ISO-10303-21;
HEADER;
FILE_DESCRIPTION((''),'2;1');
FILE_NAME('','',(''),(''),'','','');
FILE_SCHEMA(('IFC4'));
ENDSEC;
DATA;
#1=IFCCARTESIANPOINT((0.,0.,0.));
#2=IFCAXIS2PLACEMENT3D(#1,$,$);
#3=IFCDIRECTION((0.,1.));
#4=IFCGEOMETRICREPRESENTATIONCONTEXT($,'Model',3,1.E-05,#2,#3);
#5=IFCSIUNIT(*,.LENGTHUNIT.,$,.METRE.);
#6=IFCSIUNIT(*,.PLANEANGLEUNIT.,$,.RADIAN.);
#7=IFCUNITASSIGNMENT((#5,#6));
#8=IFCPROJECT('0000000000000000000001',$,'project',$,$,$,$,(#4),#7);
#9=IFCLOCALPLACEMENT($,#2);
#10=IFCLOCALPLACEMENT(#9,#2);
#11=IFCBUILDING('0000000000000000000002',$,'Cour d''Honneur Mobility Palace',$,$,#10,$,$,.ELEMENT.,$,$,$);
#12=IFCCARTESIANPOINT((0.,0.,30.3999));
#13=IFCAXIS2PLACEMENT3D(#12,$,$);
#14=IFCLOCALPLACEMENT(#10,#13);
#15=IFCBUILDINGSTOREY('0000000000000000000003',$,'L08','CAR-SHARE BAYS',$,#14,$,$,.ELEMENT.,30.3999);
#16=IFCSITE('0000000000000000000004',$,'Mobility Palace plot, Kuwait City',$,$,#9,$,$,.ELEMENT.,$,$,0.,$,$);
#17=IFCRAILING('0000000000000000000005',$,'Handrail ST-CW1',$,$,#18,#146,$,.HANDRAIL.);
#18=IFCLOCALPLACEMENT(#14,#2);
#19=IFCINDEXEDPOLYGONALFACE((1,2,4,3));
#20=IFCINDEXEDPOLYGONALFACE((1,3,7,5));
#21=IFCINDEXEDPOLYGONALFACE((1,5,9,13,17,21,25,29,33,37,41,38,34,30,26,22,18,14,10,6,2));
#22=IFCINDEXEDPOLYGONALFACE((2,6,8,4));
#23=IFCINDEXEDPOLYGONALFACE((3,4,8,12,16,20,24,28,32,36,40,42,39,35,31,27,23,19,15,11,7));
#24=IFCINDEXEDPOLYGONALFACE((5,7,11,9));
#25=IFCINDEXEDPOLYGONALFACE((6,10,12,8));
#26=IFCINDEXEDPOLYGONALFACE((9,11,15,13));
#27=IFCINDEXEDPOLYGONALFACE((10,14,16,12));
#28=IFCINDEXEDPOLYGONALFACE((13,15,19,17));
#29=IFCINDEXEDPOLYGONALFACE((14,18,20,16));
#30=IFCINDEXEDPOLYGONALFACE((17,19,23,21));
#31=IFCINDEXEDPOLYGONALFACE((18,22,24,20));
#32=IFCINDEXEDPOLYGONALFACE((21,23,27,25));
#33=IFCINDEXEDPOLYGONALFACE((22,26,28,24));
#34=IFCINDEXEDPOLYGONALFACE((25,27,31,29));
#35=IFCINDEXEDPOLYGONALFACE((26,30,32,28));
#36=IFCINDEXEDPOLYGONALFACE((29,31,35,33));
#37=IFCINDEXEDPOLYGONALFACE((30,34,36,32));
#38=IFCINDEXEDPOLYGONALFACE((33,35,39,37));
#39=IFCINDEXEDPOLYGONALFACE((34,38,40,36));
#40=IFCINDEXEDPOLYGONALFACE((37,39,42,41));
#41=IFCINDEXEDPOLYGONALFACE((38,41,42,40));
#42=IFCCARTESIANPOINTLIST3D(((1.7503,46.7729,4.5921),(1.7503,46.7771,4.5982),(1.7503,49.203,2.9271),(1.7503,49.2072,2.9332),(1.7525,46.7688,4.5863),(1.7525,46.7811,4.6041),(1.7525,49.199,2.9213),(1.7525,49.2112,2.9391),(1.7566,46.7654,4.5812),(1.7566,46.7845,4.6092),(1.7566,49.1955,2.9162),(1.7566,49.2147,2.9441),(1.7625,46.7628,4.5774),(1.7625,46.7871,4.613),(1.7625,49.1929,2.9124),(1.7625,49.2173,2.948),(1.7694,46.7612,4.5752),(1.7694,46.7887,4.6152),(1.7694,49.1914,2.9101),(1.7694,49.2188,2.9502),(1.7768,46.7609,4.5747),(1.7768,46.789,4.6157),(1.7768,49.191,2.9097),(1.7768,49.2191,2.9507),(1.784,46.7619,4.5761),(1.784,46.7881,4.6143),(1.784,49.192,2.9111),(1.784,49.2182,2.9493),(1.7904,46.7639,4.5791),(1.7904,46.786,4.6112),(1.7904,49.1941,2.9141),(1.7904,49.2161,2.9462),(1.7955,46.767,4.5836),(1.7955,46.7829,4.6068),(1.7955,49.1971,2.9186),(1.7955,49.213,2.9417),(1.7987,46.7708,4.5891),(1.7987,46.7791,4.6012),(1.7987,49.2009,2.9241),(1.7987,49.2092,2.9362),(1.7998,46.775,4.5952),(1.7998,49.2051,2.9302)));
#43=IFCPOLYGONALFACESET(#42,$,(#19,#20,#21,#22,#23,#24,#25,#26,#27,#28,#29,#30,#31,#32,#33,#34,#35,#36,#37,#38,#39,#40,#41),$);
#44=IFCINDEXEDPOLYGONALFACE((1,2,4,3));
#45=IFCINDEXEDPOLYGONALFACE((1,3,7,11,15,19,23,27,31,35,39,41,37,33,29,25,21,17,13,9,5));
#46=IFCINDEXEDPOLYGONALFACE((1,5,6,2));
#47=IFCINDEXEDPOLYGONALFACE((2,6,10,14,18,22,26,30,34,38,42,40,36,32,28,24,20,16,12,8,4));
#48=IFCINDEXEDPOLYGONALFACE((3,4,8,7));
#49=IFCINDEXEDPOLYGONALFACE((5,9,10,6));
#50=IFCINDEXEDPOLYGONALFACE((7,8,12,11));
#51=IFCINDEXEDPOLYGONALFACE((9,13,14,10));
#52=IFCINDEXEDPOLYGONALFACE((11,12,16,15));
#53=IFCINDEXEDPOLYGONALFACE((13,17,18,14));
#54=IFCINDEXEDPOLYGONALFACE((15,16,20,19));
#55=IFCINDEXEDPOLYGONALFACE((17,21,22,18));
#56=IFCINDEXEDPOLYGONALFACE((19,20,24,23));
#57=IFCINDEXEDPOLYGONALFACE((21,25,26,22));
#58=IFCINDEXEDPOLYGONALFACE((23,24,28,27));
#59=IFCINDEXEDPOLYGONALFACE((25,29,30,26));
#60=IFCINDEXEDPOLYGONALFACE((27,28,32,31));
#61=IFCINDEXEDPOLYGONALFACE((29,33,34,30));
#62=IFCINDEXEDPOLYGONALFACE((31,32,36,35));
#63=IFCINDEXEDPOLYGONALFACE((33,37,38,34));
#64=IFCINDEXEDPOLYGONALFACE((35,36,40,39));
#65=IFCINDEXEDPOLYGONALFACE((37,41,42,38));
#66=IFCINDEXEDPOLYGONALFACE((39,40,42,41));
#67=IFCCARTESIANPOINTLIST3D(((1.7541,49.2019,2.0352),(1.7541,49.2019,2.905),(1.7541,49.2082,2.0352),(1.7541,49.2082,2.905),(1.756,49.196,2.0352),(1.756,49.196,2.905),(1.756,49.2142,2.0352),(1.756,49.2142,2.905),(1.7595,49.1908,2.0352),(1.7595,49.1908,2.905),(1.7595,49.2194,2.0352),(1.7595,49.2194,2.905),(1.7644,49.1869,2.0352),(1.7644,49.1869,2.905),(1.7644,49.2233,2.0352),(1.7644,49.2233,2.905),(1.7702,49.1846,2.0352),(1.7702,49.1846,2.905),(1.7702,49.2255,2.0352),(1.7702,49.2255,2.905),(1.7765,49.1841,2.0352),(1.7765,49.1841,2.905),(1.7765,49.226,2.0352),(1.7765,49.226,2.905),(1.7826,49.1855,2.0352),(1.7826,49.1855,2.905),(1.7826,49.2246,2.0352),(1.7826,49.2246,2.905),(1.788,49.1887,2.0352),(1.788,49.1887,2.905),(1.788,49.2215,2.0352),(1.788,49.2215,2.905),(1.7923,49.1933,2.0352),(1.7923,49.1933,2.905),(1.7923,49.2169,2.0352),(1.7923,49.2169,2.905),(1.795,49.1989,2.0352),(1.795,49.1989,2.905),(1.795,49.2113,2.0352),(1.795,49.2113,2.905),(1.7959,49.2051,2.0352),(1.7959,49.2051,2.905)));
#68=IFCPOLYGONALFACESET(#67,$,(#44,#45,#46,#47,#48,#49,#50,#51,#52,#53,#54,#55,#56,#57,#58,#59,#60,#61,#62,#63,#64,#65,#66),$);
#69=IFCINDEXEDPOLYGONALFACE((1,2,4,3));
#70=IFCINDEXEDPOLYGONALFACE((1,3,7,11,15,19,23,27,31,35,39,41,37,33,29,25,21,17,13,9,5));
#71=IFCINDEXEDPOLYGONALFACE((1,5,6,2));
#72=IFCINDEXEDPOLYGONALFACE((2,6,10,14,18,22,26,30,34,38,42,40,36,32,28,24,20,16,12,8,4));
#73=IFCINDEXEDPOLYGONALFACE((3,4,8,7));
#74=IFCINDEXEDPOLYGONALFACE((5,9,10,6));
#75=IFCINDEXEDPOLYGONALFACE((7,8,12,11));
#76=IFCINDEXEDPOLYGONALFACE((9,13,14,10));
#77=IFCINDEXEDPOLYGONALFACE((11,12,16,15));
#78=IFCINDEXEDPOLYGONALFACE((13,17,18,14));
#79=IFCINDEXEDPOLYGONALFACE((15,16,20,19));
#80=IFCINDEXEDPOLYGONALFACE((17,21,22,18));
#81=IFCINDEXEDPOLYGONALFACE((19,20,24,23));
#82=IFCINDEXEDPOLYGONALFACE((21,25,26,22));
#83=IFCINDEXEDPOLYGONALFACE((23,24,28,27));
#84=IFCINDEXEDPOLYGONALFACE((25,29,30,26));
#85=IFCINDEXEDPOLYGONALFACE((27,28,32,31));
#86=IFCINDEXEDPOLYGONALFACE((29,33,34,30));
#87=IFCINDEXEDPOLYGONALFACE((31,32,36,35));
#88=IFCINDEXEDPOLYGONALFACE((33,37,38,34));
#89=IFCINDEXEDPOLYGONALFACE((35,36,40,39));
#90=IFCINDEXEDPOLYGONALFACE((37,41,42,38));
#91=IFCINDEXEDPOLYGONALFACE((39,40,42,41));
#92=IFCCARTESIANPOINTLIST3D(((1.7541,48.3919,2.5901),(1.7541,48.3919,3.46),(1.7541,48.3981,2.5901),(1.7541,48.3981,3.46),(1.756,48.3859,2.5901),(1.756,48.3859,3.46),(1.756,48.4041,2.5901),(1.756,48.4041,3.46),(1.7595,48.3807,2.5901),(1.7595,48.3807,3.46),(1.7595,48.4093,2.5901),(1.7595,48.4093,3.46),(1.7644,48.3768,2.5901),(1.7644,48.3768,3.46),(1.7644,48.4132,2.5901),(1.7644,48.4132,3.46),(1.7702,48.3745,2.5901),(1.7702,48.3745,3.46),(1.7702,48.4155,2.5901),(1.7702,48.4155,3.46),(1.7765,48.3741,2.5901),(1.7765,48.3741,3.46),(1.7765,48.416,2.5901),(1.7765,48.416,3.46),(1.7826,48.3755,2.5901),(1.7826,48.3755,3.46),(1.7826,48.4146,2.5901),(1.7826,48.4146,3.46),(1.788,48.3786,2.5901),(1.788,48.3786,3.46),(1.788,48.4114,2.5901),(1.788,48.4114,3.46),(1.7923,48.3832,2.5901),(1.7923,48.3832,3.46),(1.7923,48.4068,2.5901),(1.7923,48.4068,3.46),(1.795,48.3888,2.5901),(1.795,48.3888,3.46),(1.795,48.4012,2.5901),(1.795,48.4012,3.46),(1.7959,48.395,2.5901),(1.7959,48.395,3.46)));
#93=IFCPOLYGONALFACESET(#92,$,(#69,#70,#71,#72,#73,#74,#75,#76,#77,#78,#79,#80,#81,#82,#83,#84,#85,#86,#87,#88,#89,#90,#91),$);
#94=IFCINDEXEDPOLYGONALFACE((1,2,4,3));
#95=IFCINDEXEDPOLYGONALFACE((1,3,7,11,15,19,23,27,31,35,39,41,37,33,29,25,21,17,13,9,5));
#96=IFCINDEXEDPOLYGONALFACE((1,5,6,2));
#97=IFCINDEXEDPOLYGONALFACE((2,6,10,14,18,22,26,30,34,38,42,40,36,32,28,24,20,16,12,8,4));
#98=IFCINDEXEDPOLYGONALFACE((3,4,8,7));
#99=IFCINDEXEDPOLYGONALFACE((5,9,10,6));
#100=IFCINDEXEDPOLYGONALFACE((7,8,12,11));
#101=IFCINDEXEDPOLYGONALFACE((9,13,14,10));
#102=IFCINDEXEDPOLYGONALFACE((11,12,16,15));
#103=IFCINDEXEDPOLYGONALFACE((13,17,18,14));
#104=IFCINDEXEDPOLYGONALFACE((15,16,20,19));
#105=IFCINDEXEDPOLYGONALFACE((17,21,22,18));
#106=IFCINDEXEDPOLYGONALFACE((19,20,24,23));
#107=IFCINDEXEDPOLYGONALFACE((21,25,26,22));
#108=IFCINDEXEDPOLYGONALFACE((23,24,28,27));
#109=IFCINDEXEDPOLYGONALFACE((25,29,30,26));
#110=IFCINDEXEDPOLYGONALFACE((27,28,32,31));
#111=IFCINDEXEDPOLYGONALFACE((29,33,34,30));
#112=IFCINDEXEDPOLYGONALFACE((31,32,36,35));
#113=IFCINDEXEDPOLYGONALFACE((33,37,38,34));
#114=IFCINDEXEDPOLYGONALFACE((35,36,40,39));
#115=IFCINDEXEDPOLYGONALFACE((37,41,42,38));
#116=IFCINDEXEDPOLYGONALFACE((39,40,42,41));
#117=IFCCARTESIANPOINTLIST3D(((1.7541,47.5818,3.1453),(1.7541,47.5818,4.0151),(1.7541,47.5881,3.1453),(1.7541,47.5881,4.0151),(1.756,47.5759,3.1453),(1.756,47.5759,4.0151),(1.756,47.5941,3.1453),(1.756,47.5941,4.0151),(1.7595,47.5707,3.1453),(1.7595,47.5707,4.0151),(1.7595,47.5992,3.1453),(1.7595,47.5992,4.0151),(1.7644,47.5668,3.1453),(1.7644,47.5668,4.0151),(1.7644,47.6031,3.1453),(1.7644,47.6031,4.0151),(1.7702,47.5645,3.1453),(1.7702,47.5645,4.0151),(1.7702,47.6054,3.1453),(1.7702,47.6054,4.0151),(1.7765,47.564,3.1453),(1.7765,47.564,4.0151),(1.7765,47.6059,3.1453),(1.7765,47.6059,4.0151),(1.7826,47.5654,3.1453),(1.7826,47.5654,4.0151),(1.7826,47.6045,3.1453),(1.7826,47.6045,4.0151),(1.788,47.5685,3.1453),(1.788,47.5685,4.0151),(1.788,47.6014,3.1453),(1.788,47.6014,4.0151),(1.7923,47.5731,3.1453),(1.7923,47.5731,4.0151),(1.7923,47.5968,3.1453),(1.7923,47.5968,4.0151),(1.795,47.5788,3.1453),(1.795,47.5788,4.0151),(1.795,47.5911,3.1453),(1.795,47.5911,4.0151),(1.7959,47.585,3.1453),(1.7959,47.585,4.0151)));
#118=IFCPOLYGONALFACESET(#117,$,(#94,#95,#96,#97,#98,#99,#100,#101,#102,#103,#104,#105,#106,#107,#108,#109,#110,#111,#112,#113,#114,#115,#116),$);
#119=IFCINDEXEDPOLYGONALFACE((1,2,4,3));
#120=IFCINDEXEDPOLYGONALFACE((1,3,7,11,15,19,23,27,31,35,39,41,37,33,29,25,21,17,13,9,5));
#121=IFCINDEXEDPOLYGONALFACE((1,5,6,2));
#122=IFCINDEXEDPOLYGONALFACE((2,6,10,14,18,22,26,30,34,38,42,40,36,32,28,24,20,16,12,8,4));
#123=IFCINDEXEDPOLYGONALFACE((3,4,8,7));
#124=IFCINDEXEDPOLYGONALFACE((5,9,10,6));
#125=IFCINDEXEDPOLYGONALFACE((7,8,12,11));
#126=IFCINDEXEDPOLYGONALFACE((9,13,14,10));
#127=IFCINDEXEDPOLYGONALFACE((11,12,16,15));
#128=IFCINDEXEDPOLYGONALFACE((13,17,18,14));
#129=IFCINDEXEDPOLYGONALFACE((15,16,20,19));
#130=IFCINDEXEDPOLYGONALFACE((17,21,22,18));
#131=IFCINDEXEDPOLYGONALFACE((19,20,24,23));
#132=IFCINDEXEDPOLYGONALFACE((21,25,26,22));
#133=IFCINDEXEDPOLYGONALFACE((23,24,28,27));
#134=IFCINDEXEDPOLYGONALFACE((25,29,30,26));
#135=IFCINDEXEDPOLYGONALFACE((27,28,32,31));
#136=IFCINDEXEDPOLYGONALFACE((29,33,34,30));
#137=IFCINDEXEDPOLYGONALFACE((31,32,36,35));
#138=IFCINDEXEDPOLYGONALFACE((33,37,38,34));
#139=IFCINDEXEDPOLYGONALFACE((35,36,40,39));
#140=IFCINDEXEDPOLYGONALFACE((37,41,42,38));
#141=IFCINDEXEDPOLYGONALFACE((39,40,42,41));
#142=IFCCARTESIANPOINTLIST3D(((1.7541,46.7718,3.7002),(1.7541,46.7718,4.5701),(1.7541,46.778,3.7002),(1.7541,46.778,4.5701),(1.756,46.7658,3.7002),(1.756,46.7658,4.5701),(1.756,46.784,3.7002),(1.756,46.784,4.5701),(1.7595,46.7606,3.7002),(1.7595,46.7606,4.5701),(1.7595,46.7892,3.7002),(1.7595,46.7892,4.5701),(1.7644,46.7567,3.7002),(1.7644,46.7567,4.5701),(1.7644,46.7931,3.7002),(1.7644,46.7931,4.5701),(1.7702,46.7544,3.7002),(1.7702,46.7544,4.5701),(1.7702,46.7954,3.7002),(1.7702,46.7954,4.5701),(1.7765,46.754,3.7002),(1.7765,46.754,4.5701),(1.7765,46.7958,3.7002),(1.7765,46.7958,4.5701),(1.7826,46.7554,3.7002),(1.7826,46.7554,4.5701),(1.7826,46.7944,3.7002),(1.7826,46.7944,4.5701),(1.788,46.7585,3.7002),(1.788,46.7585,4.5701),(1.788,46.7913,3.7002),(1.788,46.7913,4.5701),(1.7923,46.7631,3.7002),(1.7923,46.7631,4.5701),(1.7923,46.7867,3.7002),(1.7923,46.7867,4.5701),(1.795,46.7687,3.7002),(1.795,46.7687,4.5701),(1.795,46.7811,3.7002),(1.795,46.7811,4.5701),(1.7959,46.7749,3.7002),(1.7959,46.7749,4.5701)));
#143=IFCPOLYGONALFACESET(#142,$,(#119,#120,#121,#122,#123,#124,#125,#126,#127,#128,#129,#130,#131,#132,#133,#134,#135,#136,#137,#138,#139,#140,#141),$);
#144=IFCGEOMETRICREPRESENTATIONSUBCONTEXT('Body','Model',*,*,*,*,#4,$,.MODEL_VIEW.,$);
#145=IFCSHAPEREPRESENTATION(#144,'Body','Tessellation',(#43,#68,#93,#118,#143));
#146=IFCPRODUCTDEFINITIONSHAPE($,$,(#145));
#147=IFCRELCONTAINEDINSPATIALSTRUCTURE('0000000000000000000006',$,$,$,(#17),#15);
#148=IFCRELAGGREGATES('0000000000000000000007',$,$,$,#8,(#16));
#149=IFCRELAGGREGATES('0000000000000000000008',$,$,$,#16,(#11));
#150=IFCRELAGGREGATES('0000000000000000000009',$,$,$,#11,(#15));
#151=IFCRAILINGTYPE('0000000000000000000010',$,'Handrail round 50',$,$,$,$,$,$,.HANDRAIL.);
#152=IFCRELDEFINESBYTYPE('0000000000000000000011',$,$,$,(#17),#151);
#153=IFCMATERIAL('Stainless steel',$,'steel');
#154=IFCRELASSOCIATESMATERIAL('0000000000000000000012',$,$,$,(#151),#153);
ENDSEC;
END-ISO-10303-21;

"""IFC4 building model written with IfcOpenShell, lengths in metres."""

from ifc_helpers import new_model, si_unit, direction, frame, origin, origin_2d, place, context, subcontext, project, spatial, circle, extrude, material, type_object, element, save


model = new_model("IFC4")

# Units and contexts
model_context = context("Model", 3, precision=1e-05, world=origin(), true_north=direction((0.0, 1.0)))
body_context = subcontext(model_context, "Body", "Model", "MODEL_VIEW")
ifc_project = project(units=[si_unit("LENGTHUNIT", "METRE"), si_unit("PLANEANGLEUNIT", "RADIAN")], contexts=[model_context])

# Site, building, storey
site_placement = place(None, origin())
site = spatial("IfcSite", under=ifc_project, at=site_placement, Name="Mobility Palace plot, Kuwait City", CompositionType="ELEMENT", RefElevation=0.0)
building_placement = place(site_placement, origin())
building = spatial("IfcBuilding", under=site, at=building_placement, Name="Cour d'Honneur Mobility Palace", CompositionType="ELEMENT")
storey_placement = place(building_placement, frame((0.0, 0.0, 30.3999)))
storey = spatial("IfcBuildingStorey", under=building, at=storey_placement, Name="L08", Description="CAR-SHARE BAYS", CompositionType="ELEMENT", Elevation=30.3999)

# Railing
ifc_material_1 = material(Name="Stainless steel", Category="steel")
railing_type_1 = type_object("IfcRailingType", Name="Handrail round 50", PredefinedType="HANDRAIL", material=ifc_material_1)
for number, where, name in (
    (1, (1.7749, 49.2051, 2.0352), "Handrail ST-CW1"),
):
    element("IfcRailing", number, at=place(storey_placement, frame(where)), inside=storey, type_object=railing_type_1, Name=name, PredefinedType="HANDRAIL", context=body_context, shape_type="SweptSolid", body=[
        extrude(circle(Radius=0.0249, at=origin_2d()), frame((0.0, 0.0, 0.895), z_axis=(0.0, -0.824945, 0.565213), x_axis=(1.0, 0.0, 0.0)), (0.0, 0.0, 1.0), 2.9458),
        extrude(circle(Radius=0.021, at=origin_2d()), origin(), (0.0, 0.0, 1.0), 0.8699),
        extrude(circle(Radius=0.021, at=origin_2d()), frame((0.0, -0.8101, 0.5549)), (0.0, 0.0, 1.0), 0.8699),
        extrude(circle(Radius=0.021, at=origin_2d()), frame((0.0, -1.6201, 1.1101)), (0.0, 0.0, 1.0), 0.8699),
        extrude(circle(Radius=0.021, at=origin_2d()), frame((0.0, -2.4302, 1.665)), (0.0, 0.0, 1.0), 0.8699),
    ])

save(model, "model.ifc")
